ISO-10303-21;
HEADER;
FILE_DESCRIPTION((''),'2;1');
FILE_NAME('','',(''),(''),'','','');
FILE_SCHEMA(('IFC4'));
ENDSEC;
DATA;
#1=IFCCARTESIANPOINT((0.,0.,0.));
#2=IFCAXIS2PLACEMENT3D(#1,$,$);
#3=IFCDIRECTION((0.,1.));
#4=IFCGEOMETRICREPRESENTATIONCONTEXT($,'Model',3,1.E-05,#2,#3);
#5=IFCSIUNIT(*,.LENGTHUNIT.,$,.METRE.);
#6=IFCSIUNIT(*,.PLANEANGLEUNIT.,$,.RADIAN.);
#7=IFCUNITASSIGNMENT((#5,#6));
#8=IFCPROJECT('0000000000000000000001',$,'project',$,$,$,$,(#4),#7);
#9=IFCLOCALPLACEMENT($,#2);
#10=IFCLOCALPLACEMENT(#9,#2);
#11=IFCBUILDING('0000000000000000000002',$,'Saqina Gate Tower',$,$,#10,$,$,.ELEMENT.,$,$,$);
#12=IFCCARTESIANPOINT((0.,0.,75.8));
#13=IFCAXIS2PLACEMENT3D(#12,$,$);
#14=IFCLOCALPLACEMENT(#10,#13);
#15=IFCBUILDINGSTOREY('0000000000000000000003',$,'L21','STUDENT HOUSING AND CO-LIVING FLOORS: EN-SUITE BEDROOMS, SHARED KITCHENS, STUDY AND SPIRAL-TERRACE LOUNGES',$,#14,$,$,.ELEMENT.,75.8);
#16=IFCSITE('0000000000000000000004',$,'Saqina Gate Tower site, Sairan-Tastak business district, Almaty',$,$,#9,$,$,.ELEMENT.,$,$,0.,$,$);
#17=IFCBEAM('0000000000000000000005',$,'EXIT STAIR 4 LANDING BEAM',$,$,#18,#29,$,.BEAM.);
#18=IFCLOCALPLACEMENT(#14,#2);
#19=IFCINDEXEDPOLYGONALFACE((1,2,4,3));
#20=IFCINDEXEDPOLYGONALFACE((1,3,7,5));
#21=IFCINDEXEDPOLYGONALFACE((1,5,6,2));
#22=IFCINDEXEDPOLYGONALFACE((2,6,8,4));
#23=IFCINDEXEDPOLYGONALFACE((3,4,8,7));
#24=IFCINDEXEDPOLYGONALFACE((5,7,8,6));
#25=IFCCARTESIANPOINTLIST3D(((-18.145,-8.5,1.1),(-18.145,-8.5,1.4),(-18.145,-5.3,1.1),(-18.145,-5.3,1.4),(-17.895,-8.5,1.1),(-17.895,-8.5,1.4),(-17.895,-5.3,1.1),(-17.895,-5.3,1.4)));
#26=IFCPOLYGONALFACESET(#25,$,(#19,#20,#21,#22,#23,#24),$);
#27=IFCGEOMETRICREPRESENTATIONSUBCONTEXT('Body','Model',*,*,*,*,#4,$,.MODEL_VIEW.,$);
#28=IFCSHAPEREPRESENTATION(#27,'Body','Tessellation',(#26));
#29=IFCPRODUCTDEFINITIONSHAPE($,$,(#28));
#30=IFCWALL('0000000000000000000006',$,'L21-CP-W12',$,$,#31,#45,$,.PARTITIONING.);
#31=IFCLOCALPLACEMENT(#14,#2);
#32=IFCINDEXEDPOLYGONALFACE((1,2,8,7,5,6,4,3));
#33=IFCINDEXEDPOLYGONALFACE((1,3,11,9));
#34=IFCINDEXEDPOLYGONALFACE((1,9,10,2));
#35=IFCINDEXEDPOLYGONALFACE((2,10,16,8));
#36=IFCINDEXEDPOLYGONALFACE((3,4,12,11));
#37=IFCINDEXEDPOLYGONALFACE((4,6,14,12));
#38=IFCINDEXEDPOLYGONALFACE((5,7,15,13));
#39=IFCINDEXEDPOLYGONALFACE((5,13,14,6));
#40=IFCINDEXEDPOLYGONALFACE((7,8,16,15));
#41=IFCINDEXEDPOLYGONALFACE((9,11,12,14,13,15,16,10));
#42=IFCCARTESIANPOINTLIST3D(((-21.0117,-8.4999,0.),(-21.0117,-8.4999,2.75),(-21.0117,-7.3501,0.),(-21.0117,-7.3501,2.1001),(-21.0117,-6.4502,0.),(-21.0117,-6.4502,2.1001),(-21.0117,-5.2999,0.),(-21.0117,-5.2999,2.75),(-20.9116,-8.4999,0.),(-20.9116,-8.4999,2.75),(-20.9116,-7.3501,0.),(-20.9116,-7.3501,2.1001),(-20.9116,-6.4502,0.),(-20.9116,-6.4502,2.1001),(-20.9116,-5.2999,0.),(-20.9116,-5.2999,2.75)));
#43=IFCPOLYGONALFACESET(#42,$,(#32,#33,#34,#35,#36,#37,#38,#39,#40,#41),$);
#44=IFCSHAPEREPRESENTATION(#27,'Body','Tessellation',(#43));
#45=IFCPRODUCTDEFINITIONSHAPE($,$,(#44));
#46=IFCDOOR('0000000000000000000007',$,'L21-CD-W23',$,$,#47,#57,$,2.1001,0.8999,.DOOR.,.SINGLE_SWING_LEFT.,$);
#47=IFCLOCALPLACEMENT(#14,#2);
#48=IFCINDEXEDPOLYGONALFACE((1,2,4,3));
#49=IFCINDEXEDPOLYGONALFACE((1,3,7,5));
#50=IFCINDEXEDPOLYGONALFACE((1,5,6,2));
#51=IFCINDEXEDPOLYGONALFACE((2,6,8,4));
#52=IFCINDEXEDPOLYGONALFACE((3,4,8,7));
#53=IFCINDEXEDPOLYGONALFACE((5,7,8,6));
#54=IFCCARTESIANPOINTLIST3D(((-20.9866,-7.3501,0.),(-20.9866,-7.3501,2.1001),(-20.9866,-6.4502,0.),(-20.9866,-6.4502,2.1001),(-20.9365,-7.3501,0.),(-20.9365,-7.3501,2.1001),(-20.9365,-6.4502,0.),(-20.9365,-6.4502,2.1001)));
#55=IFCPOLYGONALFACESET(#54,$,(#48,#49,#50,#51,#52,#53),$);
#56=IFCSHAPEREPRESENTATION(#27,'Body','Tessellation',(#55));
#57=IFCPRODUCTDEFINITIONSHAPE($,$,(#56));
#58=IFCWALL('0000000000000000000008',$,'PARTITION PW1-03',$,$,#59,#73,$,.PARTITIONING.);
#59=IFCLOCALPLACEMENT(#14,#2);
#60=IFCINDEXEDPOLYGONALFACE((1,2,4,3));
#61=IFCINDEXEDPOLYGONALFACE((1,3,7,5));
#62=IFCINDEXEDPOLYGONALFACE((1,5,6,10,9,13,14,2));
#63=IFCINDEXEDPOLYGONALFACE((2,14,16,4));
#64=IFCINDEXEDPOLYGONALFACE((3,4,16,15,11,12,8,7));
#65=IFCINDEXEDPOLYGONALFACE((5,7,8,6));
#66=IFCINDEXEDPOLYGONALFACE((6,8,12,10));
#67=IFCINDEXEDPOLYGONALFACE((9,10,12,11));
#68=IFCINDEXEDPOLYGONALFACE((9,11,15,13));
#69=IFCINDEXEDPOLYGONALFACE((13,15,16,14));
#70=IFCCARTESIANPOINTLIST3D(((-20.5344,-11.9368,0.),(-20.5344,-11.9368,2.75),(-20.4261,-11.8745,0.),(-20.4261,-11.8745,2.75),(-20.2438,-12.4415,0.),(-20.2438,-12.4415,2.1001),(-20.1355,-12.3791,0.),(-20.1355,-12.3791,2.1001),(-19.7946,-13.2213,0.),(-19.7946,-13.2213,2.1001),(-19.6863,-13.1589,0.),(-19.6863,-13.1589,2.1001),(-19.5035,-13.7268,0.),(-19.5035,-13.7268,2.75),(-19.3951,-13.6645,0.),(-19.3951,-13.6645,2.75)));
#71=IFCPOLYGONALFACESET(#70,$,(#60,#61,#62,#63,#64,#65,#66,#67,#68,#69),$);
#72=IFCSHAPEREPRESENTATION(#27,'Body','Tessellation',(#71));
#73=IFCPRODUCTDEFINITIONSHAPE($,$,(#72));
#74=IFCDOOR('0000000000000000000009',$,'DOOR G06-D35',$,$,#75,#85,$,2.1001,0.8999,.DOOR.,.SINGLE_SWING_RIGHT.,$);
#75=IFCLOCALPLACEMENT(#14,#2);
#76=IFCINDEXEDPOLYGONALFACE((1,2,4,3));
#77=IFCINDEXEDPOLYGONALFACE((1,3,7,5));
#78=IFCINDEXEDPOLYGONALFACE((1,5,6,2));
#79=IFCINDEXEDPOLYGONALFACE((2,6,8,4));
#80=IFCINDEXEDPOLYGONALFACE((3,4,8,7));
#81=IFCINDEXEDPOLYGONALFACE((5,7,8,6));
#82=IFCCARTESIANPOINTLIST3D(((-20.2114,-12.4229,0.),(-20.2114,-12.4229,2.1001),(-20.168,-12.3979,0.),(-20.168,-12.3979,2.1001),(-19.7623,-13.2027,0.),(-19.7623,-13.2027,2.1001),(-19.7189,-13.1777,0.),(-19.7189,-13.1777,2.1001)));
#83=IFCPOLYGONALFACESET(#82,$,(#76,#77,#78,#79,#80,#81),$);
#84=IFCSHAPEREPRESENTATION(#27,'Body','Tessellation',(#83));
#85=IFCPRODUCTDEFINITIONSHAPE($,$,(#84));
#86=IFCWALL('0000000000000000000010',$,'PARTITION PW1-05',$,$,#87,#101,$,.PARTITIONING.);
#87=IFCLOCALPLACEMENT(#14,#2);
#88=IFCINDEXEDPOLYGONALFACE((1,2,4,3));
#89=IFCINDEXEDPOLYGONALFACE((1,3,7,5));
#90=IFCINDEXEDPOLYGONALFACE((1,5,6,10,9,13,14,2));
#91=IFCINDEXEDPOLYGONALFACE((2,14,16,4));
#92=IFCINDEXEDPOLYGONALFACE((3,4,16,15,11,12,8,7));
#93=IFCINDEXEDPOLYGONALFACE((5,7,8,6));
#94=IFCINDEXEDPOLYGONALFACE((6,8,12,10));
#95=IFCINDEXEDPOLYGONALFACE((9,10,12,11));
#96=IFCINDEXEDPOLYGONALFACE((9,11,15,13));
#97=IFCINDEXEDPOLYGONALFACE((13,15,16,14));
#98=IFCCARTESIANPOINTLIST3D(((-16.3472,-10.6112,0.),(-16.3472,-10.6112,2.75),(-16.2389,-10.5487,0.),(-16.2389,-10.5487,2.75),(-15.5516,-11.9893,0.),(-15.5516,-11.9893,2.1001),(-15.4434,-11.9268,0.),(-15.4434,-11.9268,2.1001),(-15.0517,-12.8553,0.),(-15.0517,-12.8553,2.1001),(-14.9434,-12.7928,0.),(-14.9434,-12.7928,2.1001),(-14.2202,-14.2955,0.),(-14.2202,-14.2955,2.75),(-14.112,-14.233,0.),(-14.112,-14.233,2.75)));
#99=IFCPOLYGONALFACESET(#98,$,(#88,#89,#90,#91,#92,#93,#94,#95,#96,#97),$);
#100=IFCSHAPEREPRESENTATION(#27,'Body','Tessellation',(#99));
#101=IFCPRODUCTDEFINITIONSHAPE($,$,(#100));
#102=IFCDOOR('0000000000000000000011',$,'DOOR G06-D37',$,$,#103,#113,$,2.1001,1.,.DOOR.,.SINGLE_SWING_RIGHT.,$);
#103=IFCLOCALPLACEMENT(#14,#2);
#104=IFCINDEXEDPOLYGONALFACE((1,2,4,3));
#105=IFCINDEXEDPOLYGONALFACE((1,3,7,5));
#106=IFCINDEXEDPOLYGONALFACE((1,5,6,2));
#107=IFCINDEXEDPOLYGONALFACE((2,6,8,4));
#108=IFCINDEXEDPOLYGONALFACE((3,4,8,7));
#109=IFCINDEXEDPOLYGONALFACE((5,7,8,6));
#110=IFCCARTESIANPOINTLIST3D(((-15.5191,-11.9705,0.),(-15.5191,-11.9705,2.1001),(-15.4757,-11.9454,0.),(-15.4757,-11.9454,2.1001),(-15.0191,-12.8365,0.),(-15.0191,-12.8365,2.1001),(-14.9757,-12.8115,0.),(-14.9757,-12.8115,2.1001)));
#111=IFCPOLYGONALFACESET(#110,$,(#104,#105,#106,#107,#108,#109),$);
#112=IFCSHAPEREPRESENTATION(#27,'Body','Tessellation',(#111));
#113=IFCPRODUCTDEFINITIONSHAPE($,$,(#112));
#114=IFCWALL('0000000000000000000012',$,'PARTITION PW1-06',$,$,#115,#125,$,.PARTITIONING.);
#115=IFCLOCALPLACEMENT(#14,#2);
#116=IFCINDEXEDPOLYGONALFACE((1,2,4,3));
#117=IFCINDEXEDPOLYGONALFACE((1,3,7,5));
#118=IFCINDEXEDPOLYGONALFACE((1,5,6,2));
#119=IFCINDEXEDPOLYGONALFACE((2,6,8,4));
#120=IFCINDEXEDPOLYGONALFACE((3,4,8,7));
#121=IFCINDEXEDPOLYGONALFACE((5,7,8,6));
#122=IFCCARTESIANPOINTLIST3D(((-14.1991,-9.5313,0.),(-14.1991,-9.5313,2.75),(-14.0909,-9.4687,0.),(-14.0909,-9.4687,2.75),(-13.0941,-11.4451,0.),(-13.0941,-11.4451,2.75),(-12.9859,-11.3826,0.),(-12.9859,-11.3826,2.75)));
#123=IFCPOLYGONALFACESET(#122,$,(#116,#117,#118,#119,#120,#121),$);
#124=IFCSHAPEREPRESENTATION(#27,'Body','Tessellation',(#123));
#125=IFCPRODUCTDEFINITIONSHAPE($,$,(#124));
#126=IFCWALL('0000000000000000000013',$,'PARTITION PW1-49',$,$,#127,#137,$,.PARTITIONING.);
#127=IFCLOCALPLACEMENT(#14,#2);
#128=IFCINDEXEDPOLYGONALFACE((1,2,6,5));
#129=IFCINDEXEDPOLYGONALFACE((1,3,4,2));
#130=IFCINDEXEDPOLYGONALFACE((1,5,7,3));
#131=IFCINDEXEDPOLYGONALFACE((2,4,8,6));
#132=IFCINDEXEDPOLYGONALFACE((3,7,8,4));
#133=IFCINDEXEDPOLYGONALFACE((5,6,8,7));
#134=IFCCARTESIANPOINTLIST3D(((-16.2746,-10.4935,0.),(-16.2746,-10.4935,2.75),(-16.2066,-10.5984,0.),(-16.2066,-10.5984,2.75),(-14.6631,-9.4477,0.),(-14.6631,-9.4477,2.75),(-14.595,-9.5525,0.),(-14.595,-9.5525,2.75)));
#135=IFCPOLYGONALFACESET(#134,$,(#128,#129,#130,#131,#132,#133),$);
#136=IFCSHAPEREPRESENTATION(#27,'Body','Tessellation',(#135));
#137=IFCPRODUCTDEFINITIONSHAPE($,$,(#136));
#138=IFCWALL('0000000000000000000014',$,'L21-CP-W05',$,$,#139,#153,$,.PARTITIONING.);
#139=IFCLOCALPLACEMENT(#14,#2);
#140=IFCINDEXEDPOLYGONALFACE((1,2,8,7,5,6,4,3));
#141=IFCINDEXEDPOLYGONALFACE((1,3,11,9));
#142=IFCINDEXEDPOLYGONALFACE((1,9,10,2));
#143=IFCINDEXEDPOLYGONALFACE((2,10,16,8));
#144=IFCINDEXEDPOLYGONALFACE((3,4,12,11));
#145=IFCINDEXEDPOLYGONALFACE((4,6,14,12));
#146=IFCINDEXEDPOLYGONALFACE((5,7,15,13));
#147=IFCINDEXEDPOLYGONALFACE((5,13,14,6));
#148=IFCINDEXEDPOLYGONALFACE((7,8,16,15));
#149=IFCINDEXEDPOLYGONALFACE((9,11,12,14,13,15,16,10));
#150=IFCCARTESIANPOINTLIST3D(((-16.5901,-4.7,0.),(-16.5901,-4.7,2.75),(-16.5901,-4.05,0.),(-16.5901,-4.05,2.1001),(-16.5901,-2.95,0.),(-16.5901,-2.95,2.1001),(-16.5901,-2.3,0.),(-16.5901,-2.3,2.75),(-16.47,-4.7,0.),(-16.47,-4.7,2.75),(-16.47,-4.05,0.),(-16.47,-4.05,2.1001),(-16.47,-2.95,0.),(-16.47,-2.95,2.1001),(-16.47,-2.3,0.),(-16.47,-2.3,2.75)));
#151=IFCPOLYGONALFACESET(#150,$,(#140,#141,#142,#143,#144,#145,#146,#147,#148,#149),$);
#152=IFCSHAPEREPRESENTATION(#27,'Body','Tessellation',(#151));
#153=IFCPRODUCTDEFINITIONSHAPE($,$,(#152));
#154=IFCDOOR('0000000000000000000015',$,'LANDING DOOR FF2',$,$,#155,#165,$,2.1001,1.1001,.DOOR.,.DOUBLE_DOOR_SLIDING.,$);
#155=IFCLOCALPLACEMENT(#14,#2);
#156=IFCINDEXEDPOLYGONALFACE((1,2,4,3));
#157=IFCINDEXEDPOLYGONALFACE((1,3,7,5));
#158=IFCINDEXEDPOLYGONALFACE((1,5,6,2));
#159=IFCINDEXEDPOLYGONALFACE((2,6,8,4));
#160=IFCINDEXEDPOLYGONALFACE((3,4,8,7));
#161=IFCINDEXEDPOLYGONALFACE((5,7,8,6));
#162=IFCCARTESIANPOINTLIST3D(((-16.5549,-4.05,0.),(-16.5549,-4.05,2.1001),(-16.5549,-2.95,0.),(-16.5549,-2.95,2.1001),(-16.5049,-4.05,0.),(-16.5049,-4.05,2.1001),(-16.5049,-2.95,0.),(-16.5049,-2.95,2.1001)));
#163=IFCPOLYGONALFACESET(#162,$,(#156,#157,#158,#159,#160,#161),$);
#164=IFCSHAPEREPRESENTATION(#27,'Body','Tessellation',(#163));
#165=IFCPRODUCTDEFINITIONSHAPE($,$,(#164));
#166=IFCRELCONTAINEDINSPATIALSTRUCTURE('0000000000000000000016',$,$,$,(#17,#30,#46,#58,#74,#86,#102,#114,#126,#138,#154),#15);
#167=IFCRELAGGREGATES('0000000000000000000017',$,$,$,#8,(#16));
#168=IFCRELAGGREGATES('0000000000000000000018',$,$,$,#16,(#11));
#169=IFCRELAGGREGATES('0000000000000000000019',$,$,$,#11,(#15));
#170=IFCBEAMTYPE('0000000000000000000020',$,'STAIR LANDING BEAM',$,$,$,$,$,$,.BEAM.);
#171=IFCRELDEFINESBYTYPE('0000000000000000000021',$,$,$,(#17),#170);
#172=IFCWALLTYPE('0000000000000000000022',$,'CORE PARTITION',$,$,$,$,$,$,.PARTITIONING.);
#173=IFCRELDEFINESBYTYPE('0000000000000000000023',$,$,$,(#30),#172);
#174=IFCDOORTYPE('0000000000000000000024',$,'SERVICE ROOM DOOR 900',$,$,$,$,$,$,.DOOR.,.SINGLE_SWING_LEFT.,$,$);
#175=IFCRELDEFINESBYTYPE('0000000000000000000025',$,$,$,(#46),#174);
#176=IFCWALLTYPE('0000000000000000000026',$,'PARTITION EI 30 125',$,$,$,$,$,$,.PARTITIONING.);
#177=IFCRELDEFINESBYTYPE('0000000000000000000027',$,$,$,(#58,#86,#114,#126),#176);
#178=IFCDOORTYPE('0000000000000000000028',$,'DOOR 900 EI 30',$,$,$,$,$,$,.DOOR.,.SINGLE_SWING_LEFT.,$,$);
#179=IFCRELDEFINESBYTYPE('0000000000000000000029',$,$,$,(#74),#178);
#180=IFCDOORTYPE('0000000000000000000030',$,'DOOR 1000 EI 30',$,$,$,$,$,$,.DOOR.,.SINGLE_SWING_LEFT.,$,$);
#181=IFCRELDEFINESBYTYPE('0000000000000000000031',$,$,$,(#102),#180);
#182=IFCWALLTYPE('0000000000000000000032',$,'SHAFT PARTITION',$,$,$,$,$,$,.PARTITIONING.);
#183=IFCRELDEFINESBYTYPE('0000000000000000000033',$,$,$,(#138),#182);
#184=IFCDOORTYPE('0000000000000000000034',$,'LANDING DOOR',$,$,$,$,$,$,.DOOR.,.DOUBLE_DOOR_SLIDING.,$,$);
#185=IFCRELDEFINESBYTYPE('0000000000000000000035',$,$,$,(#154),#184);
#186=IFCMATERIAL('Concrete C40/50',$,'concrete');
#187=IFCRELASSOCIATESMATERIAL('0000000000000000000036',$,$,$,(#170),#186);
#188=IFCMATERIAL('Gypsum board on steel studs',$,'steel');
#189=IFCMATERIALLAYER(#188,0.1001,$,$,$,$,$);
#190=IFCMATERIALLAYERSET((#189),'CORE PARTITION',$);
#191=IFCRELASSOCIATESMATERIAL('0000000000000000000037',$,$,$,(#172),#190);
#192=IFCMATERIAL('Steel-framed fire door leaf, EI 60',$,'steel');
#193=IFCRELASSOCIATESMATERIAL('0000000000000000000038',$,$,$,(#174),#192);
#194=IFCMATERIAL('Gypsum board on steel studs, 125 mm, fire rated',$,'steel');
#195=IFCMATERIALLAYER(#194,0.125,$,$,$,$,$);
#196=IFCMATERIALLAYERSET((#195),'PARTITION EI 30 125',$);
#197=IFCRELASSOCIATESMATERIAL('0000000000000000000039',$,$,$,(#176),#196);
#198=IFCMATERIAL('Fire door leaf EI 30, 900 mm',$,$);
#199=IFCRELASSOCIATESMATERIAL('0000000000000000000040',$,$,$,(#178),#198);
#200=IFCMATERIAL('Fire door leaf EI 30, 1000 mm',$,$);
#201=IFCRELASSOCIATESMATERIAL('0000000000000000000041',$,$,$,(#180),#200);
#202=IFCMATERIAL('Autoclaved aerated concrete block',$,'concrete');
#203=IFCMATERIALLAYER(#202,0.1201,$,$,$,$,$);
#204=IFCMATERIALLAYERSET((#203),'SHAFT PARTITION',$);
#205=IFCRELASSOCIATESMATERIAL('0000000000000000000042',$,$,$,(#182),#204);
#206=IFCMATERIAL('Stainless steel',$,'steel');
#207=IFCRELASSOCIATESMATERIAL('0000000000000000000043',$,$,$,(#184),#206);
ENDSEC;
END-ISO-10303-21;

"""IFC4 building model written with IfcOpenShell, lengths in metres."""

from ifc_helpers import new_model, si_unit, direction, frame, frame_2d, origin, origin_2d, place, context, subcontext, project, spatial, rectangle, extrude, material, layer, layer_set, material_profile, profile_set, type_object, element, fill, save


model = new_model("IFC4")

# Units and contexts
model_context = context("Model", 3, precision=1e-05, world=origin(), true_north=direction((0.0, 1.0)))
body_context = subcontext(model_context, "Body", "Model", "MODEL_VIEW")
ifc_project = project(units=[si_unit("LENGTHUNIT", "METRE"), si_unit("PLANEANGLEUNIT", "RADIAN")], contexts=[model_context])

# Site, building, storey
site_placement = place(None, origin())
site = spatial("IfcSite", under=ifc_project, at=site_placement, Name="Saqina Gate Tower site, Sairan-Tastak business district, Almaty", CompositionType="ELEMENT", RefElevation=0.0)
building_placement = place(site_placement, origin())
building = spatial("IfcBuilding", under=site, at=building_placement, Name="Saqina Gate Tower", CompositionType="ELEMENT")
storey_placement = place(building_placement, frame((0.0, 0.0, 75.8)))
storey = spatial("IfcBuildingStorey", under=building, at=storey_placement, Name="L21", Description="STUDENT HOUSING AND CO-LIVING FLOORS: EN-SUITE BEDROOMS, SHARED KITCHENS, STUDY AND SPIRAL-TERRACE LOUNGES", CompositionType="ELEMENT", Elevation=75.8)

# Beam
ifc_material_1 = material(Name="Concrete C40/50", Category="concrete")
ifc_material_profile = material_profile(ifc_material_1, rectangle(XDim=0.25, YDim=0.3, at=origin_2d()), Name="STAIR LANDING BEAM")
ifc_profile_set = profile_set([ifc_material_profile], Name="Concrete C40/50")
beam_type = type_object("IfcBeamType", Name="STAIR LANDING BEAM", PredefinedType="BEAM", material=ifc_profile_set)
beam_placement = place(storey_placement, frame((-18.02, -8.5, 1.25), z_axis=(0.0, 1.0, 0.0), x_axis=(-1.0, 0.0, 0.0)))
element("IfcBeam", 1, at=beam_placement, inside=storey, type_object=beam_type, Name="EXIT STAIR 4 LANDING BEAM", PredefinedType="BEAM", context=body_context, shape_type="SweptSolid", body=[
    extrude(rectangle(XDim=0.25, YDim=0.3, at=origin_2d()), origin(), (0.0, 0.0, 1.0), 3.2),
])

# Walls, openings, doors
ifc_material_2 = material(Name="Gypsum board on steel studs", Category="steel")
ifc_layer_1 = layer(ifc_material_2, 0.1001)
ifc_layer_set_1 = layer_set([ifc_layer_1], Name="CORE PARTITION")
wall_type_1 = type_object("IfcWallType", Name="CORE PARTITION", PredefinedType="PARTITIONING", material=ifc_layer_set_1)
wall_1_placement = place(storey_placement, frame((-20.9617, -8.5, 0.0), z_axis=(0.0, 0.0, 1.0), x_axis=(0.0, 1.0, 0.0)))
wall_1 = element("IfcWall", 2, at=wall_1_placement, inside=storey, type_object=wall_type_1, Name="L21-CP-W12", PredefinedType="PARTITIONING", context=body_context, shape_type="SweptSolid", body=[
    extrude(rectangle(XDim=3.2, YDim=0.1001, at=frame_2d((1.6001, 0.0))), origin(), (0.0, 0.0, 1.0), 2.75),
])
opening_1_placement = place(wall_1_placement, frame((1.1499, 0.0, 0.0)))
opening_1 = element("IfcOpeningElement", 3, at=opening_1_placement, cuts=wall_1, PredefinedType="OPENING", context=body_context, shape_type="SweptSolid", body=[
    extrude(rectangle(XDim=0.8999, YDim=2.1001, at=frame_2d((0.45, 1.05))), frame((0.0, 0.062, 0.0), z_axis=(0.0, -1.0, 0.0), x_axis=(1.0, 0.0, 0.0)), (0.0, 0.0, 1.0), 0.124),
])
ifc_material_3 = material(Name="Steel-framed fire door leaf, EI 60", Category="steel")
door_type_1 = type_object("IfcDoorType", Name="SERVICE ROOM DOOR 900", OperationType="SINGLE_SWING_LEFT", PredefinedType="DOOR", material=ifc_material_3)
door_1_placement = place(opening_1_placement, origin())
door_1 = element("IfcDoor", 4, at=door_1_placement, inside=storey, type_object=door_type_1, Name="L21-CD-W23", OperationType="SINGLE_SWING_LEFT", OverallHeight=2.1001, OverallWidth=0.8999, PredefinedType="DOOR", context=body_context, shape_type="SweptSolid", body=[
    extrude(rectangle(XDim=0.8999, YDim=2.1001, at=frame_2d((0.45, 1.05))), frame((0.0, 0.0249, 0.0), z_axis=(0.0, -1.0, 0.0), x_axis=(1.0, 0.0, 0.0)), (0.0, 0.0, 1.0), 0.05),
])
fill(opening_1, door_1)
ifc_material_4 = material(Name="Gypsum board on steel studs, 125 mm, fire rated", Category="steel")
ifc_layer_2 = layer(ifc_material_4, 0.125)
ifc_layer_set_2 = layer_set([ifc_layer_2], Name="PARTITION EI 30 125")
wall_type_2 = type_object("IfcWallType", Name="PARTITION EI 30 125", PredefinedType="PARTITIONING", material=ifc_layer_set_2)
wall_2_placement = place(storey_placement, frame((-20.4802, -11.9058, 0.0), z_axis=(0.0, 0.0, 1.0), x_axis=(0.499102, -0.866543, 0.0)))
wall_2 = element("IfcWall", 5, at=wall_2_placement, inside=storey, type_object=wall_type_2, Name="PARTITION PW1-03", PredefinedType="PARTITIONING", context=body_context, shape_type="SweptSolid", body=[
    extrude(rectangle(XDim=2.0657, YDim=0.125, at=frame_2d((1.0327, 0.0))), origin(), (0.0, 0.0, 1.0), 2.75),
])
opening_2_placement = place(wall_2_placement, frame((0.5823, 0.0, 0.0)))
opening_2 = element("IfcOpeningElement", 6, at=opening_2_placement, cuts=wall_2, PredefinedType="OPENING", context=body_context, shape_type="SweptSolid", body=[
    extrude(rectangle(XDim=0.8999, YDim=2.1001, at=frame_2d((0.45, 1.05))), frame((0.0, 0.0745, 0.0), z_axis=(0.0, -1.0, 0.0), x_axis=(1.0, 0.0, 0.0)), (0.0, 0.0, 1.0), 0.1489),
])
ifc_material_5 = material(Name="Fire door leaf EI 30, 900 mm")
door_type_2 = type_object("IfcDoorType", Name="DOOR 900 EI 30", OperationType="SINGLE_SWING_LEFT", PredefinedType="DOOR", material=ifc_material_5)
door_2_placement = place(opening_2_placement, origin())
door_2 = element("IfcDoor", 7, at=door_2_placement, inside=storey, type_object=door_type_2, Name="DOOR G06-D35", OperationType="SINGLE_SWING_RIGHT", OverallHeight=2.1001, OverallWidth=0.8999, PredefinedType="DOOR", context=body_context, shape_type="SweptSolid", body=[
    extrude(rectangle(XDim=0.8999, YDim=2.1001, at=frame_2d((0.45, 1.05))), frame((0.0, 0.0249, 0.0), z_axis=(0.0, -1.0, 0.0), x_axis=(1.0, 0.0, 0.0)), (0.0, 0.0, 1.0), 0.05),
])
fill(opening_2, door_2)
wall_3_placement = place(storey_placement, frame((-16.293, -10.5801, 0.0), z_axis=(0.0, 0.0, 1.0), x_axis=(0.499966, -0.866045, 0.0)))
wall_3 = element("IfcWall", 8, at=wall_3_placement, inside=storey, type_object=wall_type_2, Name="PARTITION PW1-05", PredefinedType="PARTITIONING", context=body_context, shape_type="SweptSolid", body=[
    extrude(rectangle(XDim=4.2542, YDim=0.125, at=frame_2d((2.127, 0.0))), origin(), (0.0, 0.0, 1.0), 2.75),
])
opening_3_placement = place(wall_3_placement, frame((1.5911, 0.0, 0.0)))
opening_3 = element("IfcOpeningElement", 9, at=opening_3_placement, cuts=wall_3, PredefinedType="OPENING", context=body_context, shape_type="SweptSolid", body=[
    extrude(rectangle(XDim=1.0, YDim=2.1001, at=frame_2d((0.5, 1.05))), frame((0.0, 0.0745, 0.0), z_axis=(0.0, -1.0, 0.0), x_axis=(1.0, 0.0, 0.0)), (0.0, 0.0, 1.0), 0.1489),
])
ifc_material_6 = material(Name="Fire door leaf EI 30, 1000 mm")
door_type_3 = type_object("IfcDoorType", Name="DOOR 1000 EI 30", OperationType="SINGLE_SWING_LEFT", PredefinedType="DOOR", material=ifc_material_6)
door_3_placement = place(opening_3_placement, frame((1.0, 0.0, 0.0), z_axis=(0.0, 0.0, 1.0), x_axis=(-1.0, 0.0, 0.0)))
door_3 = element("IfcDoor", 10, at=door_3_placement, inside=storey, type_object=door_type_3, Name="DOOR G06-D37", OperationType="SINGLE_SWING_RIGHT", OverallHeight=2.1001, OverallWidth=1.0, PredefinedType="DOOR", context=body_context, shape_type="SweptSolid", body=[
    extrude(rectangle(XDim=1.0, YDim=2.1001, at=frame_2d((0.5, 1.05))), frame((0.0, 0.0249, 0.0), z_axis=(0.0, -1.0, 0.0), x_axis=(1.0, 0.0, 0.0)), (0.0, 0.0, 1.0), 0.05),
])
fill(opening_3, door_3)

# Walls
wall_4_placement = place(storey_placement, frame((-14.145, -9.5, 0.0), z_axis=(0.0, 0.0, 1.0), x_axis=(0.500013, -0.866018, 0.0)))
element("IfcWall", 11, at=wall_4_placement, inside=storey, type_object=wall_type_2, Name="PARTITION PW1-06", PredefinedType="PARTITIONING", context=body_context, shape_type="SweptSolid", body=[
    extrude(rectangle(XDim=2.21, YDim=0.125, at=frame_2d((1.105, 0.0))), origin(), (0.0, 0.0, 1.0), 2.75),
])
wall_5_placement = place(storey_placement, frame((-16.2405, -10.5459, 0.0), z_axis=(0.0, 0.0, 1.0), x_axis=(0.83883, 0.544394, 0.0)))
element("IfcWall", 12, at=wall_5_placement, inside=storey, type_object=wall_type_2, Name="PARTITION PW1-49", PredefinedType="PARTITIONING", context=body_context, shape_type="SweptSolid", body=[
    extrude(rectangle(XDim=1.9211, YDim=0.125, at=frame_2d((0.9604, 0.0))), origin(), (0.0, 0.0, 1.0), 2.75),
])

# Wall, opening, door
ifc_material_7 = material(Name="Autoclaved aerated concrete block", Category="concrete")
ifc_layer_3 = layer(ifc_material_7, 0.1201)
ifc_layer_set_3 = layer_set([ifc_layer_3], Name="SHAFT PARTITION")
wall_type_3 = type_object("IfcWallType", Name="SHAFT PARTITION", PredefinedType="PARTITIONING", material=ifc_layer_set_3)
wall_6_placement = place(storey_placement, frame((-16.53, -4.7, 0.0), z_axis=(0.0, 0.0, 1.0), x_axis=(0.0, 1.0, 0.0)))
wall_6 = element("IfcWall", 13, at=wall_6_placement, inside=storey, type_object=wall_type_3, Name="L21-CP-W05", PredefinedType="PARTITIONING", context=body_context, shape_type="SweptSolid", body=[
    extrude(rectangle(XDim=2.3999, YDim=0.1201, at=frame_2d((1.2, 0.0))), origin(), (0.0, 0.0, 1.0), 2.75),
])
opening_4_placement = place(wall_6_placement, frame((0.6499, 0.0, 0.0)))
opening_4 = element("IfcOpeningElement", 14, at=opening_4_placement, cuts=wall_6, PredefinedType="OPENING", context=body_context, shape_type="SweptSolid", body=[
    extrude(rectangle(XDim=1.1001, YDim=2.1001, at=frame_2d((0.55, 1.05))), frame((0.0, 0.072, 0.0), z_axis=(0.0, -1.0, 0.0), x_axis=(1.0, 0.0, 0.0)), (0.0, 0.0, 1.0), 0.144),
])
ifc_material_8 = material(Name="Stainless steel", Category="steel")
door_type_4 = type_object("IfcDoorType", Name="LANDING DOOR", OperationType="DOUBLE_DOOR_SLIDING", PredefinedType="DOOR", material=ifc_material_8)
door_4_placement = place(opening_4_placement, origin())
door_4 = element("IfcDoor", 15, at=door_4_placement, inside=storey, type_object=door_type_4, Name="LANDING DOOR FF2", OperationType="DOUBLE_DOOR_SLIDING", OverallHeight=2.1001, OverallWidth=1.1001, PredefinedType="DOOR", context=body_context, shape_type="SweptSolid", body=[
    extrude(rectangle(XDim=1.1001, YDim=2.1001, at=frame_2d((0.55, 1.05))), frame((0.0, 0.0249, 0.0), z_axis=(0.0, -1.0, 0.0), x_axis=(1.0, 0.0, 0.0)), (0.0, 0.0, 1.0), 0.05),
])
fill(opening_4, door_4)

save(model, "model.ifc")
